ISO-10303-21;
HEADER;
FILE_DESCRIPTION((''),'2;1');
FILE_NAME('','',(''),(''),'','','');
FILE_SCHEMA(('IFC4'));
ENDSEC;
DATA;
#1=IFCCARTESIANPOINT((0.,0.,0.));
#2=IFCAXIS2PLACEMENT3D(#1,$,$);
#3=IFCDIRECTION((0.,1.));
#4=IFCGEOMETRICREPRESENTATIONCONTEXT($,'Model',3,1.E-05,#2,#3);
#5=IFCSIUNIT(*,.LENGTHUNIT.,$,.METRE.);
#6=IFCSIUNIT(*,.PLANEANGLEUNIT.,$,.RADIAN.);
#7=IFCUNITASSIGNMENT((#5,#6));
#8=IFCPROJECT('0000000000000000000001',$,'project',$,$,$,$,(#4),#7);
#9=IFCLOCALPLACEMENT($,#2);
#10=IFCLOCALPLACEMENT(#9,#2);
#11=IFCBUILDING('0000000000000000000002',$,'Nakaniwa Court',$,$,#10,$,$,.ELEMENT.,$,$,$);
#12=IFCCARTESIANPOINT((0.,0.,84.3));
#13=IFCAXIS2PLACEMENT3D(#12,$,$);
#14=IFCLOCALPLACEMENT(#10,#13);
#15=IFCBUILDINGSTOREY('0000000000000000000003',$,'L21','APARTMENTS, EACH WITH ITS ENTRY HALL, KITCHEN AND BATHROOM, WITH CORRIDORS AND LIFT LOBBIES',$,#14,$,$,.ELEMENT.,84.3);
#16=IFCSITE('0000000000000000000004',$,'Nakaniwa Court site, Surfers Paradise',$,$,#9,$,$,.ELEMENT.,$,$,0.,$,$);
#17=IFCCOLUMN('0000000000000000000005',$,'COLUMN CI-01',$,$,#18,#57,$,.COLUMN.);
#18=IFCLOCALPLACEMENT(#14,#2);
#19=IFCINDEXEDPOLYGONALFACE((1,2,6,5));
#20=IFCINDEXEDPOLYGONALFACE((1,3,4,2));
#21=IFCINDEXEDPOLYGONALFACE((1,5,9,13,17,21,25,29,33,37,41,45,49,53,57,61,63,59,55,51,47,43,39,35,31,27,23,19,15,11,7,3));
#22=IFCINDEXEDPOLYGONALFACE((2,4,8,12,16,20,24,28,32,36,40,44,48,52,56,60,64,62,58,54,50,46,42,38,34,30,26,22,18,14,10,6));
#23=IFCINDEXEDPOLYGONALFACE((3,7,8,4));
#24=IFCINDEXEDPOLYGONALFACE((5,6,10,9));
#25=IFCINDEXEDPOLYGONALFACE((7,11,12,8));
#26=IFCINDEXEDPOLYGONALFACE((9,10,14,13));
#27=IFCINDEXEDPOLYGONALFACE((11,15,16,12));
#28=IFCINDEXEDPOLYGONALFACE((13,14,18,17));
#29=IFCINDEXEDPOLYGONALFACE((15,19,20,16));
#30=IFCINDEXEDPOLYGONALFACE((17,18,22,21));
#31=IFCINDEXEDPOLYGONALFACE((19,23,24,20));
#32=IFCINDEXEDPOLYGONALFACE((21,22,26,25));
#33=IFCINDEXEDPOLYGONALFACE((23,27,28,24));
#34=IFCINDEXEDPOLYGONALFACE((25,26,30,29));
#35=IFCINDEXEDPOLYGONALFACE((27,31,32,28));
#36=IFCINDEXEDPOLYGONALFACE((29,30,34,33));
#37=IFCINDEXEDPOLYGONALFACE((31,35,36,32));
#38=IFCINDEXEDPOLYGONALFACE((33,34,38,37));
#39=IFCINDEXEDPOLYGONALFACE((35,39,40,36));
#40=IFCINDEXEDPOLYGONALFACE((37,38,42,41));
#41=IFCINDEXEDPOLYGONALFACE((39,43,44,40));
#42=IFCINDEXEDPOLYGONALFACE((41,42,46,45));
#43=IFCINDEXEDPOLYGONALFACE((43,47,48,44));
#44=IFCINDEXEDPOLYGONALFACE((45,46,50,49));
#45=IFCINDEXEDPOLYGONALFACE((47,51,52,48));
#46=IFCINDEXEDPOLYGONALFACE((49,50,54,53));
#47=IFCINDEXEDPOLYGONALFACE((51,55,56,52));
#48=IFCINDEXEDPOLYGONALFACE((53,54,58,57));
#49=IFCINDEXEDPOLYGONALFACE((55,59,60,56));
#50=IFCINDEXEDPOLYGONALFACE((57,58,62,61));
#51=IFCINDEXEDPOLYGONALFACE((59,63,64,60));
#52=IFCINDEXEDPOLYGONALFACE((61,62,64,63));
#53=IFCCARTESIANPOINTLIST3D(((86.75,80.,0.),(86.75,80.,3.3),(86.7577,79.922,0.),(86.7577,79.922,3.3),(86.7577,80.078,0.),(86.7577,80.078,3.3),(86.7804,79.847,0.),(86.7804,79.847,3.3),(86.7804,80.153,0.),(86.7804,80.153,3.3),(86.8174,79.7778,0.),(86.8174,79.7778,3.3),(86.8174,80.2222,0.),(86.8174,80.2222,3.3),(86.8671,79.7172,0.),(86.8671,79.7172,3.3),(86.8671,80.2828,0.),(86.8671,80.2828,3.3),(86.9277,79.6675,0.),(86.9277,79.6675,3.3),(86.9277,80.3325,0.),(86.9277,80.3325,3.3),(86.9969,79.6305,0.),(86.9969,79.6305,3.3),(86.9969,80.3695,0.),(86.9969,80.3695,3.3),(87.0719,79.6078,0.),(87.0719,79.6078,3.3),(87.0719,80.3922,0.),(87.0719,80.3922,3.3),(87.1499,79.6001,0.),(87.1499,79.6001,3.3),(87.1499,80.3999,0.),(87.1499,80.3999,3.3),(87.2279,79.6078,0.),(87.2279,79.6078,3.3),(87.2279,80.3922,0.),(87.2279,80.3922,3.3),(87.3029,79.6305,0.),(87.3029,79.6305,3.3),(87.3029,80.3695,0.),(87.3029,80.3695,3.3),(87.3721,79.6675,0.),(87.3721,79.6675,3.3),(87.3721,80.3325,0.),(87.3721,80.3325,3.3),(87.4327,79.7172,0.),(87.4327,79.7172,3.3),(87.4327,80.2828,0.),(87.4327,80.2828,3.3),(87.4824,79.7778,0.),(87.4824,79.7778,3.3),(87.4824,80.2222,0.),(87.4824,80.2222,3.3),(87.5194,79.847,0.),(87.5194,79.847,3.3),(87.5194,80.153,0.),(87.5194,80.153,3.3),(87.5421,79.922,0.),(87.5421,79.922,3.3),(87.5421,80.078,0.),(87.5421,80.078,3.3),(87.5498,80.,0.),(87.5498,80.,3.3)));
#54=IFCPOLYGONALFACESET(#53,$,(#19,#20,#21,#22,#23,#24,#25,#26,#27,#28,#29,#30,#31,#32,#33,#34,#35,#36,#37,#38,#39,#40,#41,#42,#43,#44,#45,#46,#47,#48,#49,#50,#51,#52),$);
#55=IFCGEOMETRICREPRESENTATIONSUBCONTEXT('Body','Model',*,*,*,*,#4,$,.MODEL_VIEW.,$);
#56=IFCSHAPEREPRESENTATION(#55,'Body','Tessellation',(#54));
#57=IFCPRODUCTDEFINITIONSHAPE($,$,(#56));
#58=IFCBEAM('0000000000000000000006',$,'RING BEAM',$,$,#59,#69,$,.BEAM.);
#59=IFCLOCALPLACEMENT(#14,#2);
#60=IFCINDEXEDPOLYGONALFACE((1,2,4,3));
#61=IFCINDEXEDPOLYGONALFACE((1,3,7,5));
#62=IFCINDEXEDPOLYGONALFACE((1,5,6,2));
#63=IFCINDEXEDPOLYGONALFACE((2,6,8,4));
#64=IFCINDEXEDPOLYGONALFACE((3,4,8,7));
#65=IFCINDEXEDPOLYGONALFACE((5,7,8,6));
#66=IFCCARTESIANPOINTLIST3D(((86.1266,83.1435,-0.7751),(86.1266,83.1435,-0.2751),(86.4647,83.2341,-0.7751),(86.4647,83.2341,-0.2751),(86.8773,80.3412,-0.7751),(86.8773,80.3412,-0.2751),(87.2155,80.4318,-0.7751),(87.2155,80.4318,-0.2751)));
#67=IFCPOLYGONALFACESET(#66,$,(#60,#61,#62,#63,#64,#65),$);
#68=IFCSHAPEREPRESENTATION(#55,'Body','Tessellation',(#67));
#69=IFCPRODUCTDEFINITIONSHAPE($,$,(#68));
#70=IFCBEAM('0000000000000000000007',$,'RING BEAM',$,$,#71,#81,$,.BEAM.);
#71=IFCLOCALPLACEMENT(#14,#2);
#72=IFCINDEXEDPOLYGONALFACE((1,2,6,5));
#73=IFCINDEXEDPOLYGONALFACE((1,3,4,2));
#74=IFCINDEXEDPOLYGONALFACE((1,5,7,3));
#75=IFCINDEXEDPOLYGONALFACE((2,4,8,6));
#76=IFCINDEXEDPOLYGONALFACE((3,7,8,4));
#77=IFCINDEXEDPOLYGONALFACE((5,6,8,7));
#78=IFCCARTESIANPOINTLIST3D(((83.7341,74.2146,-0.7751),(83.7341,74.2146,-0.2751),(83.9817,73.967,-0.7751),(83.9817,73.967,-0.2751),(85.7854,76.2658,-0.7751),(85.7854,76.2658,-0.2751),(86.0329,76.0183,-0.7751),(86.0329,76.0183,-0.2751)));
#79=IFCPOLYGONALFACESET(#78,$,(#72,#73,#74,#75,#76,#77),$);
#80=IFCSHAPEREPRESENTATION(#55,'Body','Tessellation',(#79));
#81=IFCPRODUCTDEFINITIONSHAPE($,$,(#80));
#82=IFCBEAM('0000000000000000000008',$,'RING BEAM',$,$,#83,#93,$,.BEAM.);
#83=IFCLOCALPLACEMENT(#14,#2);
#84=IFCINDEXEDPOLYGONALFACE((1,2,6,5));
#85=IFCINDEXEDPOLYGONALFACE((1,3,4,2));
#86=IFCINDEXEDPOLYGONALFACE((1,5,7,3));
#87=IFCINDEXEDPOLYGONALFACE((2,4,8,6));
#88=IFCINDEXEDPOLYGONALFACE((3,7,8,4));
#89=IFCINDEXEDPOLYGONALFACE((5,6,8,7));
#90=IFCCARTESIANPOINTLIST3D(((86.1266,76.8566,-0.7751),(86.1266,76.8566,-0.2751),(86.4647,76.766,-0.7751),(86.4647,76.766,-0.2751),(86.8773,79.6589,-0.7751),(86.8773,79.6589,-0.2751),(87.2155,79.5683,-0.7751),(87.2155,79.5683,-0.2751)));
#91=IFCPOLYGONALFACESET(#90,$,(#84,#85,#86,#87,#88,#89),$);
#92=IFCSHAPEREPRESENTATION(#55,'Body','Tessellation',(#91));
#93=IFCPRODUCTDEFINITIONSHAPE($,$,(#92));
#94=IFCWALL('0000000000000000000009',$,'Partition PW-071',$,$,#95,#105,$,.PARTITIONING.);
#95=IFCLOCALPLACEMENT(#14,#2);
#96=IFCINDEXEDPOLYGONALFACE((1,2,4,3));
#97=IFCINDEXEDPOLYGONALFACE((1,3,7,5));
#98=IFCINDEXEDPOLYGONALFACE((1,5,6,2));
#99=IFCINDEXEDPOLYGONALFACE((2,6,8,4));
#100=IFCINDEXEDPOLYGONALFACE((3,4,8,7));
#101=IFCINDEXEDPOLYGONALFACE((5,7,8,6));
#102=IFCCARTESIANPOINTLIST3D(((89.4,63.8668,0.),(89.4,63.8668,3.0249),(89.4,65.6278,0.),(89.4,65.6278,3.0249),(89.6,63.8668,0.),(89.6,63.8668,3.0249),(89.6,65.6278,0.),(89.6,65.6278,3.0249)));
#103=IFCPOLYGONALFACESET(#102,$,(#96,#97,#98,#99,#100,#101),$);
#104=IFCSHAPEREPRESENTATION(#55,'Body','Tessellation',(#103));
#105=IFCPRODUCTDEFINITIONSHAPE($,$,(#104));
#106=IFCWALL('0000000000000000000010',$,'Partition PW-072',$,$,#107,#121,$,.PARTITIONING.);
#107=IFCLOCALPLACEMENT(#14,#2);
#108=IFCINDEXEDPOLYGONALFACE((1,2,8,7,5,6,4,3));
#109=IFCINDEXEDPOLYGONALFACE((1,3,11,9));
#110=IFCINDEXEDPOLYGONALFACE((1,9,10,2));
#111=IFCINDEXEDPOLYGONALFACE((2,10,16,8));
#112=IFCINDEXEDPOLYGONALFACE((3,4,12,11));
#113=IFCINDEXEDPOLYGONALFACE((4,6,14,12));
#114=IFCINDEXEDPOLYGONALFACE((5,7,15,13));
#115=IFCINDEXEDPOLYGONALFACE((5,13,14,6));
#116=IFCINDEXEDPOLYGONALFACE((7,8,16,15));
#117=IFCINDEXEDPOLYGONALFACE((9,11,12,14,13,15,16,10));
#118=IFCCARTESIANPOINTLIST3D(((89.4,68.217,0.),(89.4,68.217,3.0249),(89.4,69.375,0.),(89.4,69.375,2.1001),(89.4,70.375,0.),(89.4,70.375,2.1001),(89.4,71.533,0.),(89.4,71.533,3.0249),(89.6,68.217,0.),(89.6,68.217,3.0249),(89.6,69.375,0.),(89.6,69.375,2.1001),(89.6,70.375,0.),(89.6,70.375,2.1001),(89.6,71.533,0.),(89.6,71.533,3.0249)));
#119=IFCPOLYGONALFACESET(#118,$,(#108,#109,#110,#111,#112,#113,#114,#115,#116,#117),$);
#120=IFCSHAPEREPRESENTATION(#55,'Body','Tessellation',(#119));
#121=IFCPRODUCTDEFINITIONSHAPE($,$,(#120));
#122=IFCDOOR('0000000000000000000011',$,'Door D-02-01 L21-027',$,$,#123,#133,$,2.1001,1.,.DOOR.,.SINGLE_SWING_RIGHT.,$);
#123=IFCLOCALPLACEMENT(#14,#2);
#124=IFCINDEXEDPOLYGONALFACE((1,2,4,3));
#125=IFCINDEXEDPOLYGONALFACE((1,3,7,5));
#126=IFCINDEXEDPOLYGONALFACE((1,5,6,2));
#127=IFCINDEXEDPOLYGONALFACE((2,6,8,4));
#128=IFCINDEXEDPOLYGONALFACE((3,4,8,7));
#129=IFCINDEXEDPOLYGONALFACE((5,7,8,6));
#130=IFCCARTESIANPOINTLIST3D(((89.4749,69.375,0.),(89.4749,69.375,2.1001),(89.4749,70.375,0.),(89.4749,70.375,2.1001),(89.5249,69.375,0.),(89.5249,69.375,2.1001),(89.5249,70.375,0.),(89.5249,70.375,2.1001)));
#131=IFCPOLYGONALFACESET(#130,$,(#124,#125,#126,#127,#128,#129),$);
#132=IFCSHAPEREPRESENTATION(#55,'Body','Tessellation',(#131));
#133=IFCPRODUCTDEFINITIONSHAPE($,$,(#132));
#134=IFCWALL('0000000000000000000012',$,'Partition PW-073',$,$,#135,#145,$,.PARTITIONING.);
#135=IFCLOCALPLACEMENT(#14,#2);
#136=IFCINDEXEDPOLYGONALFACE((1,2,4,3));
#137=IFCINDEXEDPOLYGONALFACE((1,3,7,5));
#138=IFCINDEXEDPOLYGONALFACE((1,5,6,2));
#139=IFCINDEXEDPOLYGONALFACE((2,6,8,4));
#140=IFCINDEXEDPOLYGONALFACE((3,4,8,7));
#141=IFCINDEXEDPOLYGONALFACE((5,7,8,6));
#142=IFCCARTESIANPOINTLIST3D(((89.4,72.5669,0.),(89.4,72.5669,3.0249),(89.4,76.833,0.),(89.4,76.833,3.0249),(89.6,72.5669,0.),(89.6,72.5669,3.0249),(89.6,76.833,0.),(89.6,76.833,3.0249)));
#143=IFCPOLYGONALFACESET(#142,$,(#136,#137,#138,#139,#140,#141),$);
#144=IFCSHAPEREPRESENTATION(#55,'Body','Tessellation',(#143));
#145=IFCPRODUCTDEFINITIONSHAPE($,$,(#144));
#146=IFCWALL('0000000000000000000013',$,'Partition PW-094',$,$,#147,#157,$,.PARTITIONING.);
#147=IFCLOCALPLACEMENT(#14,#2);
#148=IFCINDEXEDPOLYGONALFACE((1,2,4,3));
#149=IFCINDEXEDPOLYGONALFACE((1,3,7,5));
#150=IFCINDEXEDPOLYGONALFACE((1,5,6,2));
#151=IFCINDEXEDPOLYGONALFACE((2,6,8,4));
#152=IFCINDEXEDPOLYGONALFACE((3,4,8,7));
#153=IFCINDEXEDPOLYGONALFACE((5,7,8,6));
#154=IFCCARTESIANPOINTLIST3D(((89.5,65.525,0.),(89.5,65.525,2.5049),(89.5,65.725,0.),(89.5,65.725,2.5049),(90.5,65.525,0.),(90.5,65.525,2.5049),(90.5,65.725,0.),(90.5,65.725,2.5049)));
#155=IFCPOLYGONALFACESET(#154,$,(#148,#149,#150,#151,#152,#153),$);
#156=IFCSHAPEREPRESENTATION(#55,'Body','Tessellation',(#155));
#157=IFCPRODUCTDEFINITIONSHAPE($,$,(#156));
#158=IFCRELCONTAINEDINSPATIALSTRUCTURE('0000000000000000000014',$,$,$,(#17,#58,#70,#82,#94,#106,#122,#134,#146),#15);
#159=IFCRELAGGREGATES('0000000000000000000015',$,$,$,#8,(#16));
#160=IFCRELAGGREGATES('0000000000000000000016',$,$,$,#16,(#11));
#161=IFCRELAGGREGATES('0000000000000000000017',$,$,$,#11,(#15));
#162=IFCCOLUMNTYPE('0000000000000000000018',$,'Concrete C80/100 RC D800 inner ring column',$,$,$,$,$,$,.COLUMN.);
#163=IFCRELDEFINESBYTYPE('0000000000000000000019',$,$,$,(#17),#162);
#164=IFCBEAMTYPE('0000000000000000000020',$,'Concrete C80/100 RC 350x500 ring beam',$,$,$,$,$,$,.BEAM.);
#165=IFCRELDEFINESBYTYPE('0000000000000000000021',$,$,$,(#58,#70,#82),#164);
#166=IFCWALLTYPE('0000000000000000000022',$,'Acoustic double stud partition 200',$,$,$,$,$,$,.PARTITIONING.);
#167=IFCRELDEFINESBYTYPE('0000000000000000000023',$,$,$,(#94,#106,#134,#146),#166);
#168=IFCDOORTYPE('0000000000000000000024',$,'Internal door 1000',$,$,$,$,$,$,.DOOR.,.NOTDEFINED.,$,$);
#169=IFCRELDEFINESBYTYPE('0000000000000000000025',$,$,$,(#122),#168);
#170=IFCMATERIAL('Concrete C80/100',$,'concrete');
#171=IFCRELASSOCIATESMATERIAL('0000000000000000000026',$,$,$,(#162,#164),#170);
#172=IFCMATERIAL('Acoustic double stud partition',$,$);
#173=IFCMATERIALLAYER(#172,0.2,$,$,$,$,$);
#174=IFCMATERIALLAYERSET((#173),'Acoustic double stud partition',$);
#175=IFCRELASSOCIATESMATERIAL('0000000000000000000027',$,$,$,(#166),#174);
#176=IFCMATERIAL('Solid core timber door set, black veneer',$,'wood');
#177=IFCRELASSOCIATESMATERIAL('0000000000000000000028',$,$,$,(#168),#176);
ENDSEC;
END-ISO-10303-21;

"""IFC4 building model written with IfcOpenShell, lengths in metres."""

from ifc_helpers import new_model, si_unit, direction, frame, frame_2d, origin, origin_2d, place, context, subcontext, project, spatial, rectangle, circle, extrude, material, layer, layer_set, material_profile, profile_set, type_object, element, fill, save


model = new_model("IFC4")

# Units and contexts
model_context = context("Model", 3, precision=1e-05, world=origin(), true_north=direction((0.0, 1.0)))
body_context = subcontext(model_context, "Body", "Model", "MODEL_VIEW")
ifc_project = project(units=[si_unit("LENGTHUNIT", "METRE"), si_unit("PLANEANGLEUNIT", "RADIAN")], contexts=[model_context])

# Site, building, storey
site_placement = place(None, origin())
site = spatial("IfcSite", under=ifc_project, at=site_placement, Name="Nakaniwa Court site, Surfers Paradise", CompositionType="ELEMENT", RefElevation=0.0)
building_placement = place(site_placement, origin())
building = spatial("IfcBuilding", under=site, at=building_placement, Name="Nakaniwa Court", CompositionType="ELEMENT")
storey_placement = place(building_placement, frame((0.0, 0.0, 84.3)))
storey = spatial("IfcBuildingStorey", under=building, at=storey_placement, Name="L21", Description="APARTMENTS, EACH WITH ITS ENTRY HALL, KITCHEN AND BATHROOM, WITH CORRIDORS AND LIFT LOBBIES", CompositionType="ELEMENT", Elevation=84.3)

# Column
ifc_material_1 = material(Name="Concrete C80/100", Category="concrete")
ifc_material_profile_1 = material_profile(ifc_material_1, circle(Radius=0.3999, at=origin_2d()), Name="Concrete C80/100 RC D800 inner ring column")
ifc_profile_set_1 = profile_set([ifc_material_profile_1], Name="Concrete C80/100")
column_type = type_object("IfcColumnType", Name="Concrete C80/100 RC D800 inner ring column", PredefinedType="COLUMN", material=ifc_profile_set_1)
for number, where, z_axis, x_axis, name in (
    (1, (87.1499, 80.0, 0.0), (0.0, 0.0, 1.0), (0.0, 1.0, 0.0), "COLUMN CI-01"),
):
    element("IfcColumn", number, at=place(storey_placement, frame(where, z_axis=z_axis, x_axis=x_axis)), inside=storey, type_object=column_type, Name=name, PredefinedType="COLUMN", context=body_context, shape_type="SweptSolid", body=[
        extrude(circle(Radius=0.3999, at=origin_2d()), origin(), (0.0, 0.0, 1.0), 3.3),
    ])

# Beams
ifc_material_profile_2 = material_profile(ifc_material_1, rectangle(XDim=0.3501, YDim=0.5, at=origin_2d()), Name="Concrete C80/100 RC 350x500 ring beam")
ifc_profile_set_2 = profile_set([ifc_material_profile_2], Name="Concrete C80/100")
beam_type = type_object("IfcBeamType", Name="Concrete C80/100 RC 350x500 ring beam", PredefinedType="BEAM", material=ifc_profile_set_2)
beam_1_placement = place(storey_placement, frame((87.0464, 80.3865, -0.5251), z_axis=(-0.258778, 0.965937, 0.0), x_axis=(-0.965937, -0.258778, 0.0)))
element("IfcBeam", 2, at=beam_1_placement, inside=storey, type_object=beam_type, Name="RING BEAM", PredefinedType="BEAM", context=body_context, shape_type="SweptSolid", body=[
    extrude(rectangle(XDim=0.3501, YDim=0.5, at=origin_2d()), origin(), (0.0, 0.0, 1.0), 2.9011),
])
beam_2_placement = place(storey_placement, frame((83.8579, 74.0908, -0.5251), z_axis=(0.707107, 0.707107, 0.0), x_axis=(-0.707107, 0.707107, 0.0)))
element("IfcBeam", 3, at=beam_2_placement, inside=storey, type_object=beam_type, Name="RING BEAM", PredefinedType="BEAM", context=body_context, shape_type="SweptSolid", body=[
    extrude(rectangle(XDim=0.3501, YDim=0.5, at=origin_2d()), origin(), (0.0, 0.0, 1.0), 2.9009),
])
beam_3_placement = place(storey_placement, frame((86.2957, 76.8113, -0.5251), z_axis=(0.258778, 0.965937, 0.0), x_axis=(-0.965937, 0.258778, 0.0)))
element("IfcBeam", 4, at=beam_3_placement, inside=storey, type_object=beam_type, Name="RING BEAM", PredefinedType="BEAM", context=body_context, shape_type="SweptSolid", body=[
    extrude(rectangle(XDim=0.3501, YDim=0.5, at=origin_2d()), origin(), (0.0, 0.0, 1.0), 2.9011),
])

# Wall
ifc_material_2 = material(Name="Acoustic double stud partition")
ifc_layer_1 = layer(ifc_material_2, 0.2)
ifc_layer_set_1 = layer_set([ifc_layer_1], Name="Acoustic double stud partition")
wall_type_1 = type_object("IfcWallType", Name="Acoustic double stud partition 200", PredefinedType="PARTITIONING", material=ifc_layer_set_1)
wall_1_placement = place(storey_placement, frame((89.5, 63.8669, 0.0), z_axis=(0.0, 0.0, 1.0), x_axis=(0.0, 1.0, 0.0)))
element("IfcWall", 5, at=wall_1_placement, inside=storey, type_object=wall_type_1, Name="Partition PW-071", PredefinedType="PARTITIONING", context=body_context, shape_type="SweptSolid", body=[
    extrude(rectangle(XDim=1.761, YDim=0.2, at=frame_2d((0.8804, 0.0))), origin(), (0.0, 0.0, 1.0), 3.0249),
])

# Wall, opening, door
wall_2_placement = place(storey_placement, frame((89.5, 71.533, 0.0), z_axis=(0.0, 0.0, 1.0), x_axis=(0.0, -1.0, 0.0)))
wall_2 = element("IfcWall", 6, at=wall_2_placement, inside=storey, type_object=wall_type_1, Name="Partition PW-072", PredefinedType="PARTITIONING", context=body_context, shape_type="SweptSolid", body=[
    extrude(rectangle(XDim=3.3159, YDim=0.2, at=frame_2d((1.658, 0.0))), origin(), (0.0, 0.0, 1.0), 3.0249),
])
opening_1_placement = place(wall_2_placement, frame((1.158, 0.0, 0.0)))
opening_1 = element("IfcOpeningElement", 7, at=opening_1_placement, cuts=wall_2, PredefinedType="OPENING", context=body_context, shape_type="SweptSolid", body=[
    extrude(rectangle(XDim=1.0, YDim=2.1001, at=frame_2d((0.5, 1.05))), frame((0.0, 0.1099, 0.0), z_axis=(0.0, -1.0, 0.0), x_axis=(1.0, 0.0, 0.0)), (0.0, 0.0, 1.0), 0.22),
])
ifc_material_3 = material(Name="Solid core timber door set, black veneer", Category="wood")
door_type_1 = type_object("IfcDoorType", Name="Internal door 1000", OperationType="NOTDEFINED", PredefinedType="DOOR", material=ifc_material_3)
door_1_placement = place(opening_1_placement, origin())
door_1 = element("IfcDoor", 8, at=door_1_placement, inside=storey, type_object=door_type_1, Name="Door D-02-01 L21-027", OperationType="SINGLE_SWING_RIGHT", OverallHeight=2.1001, OverallWidth=1.0, PredefinedType="DOOR", context=body_context, shape_type="SweptSolid", body=[
    extrude(rectangle(XDim=1.0, YDim=2.1001, at=frame_2d((0.5, 1.05))), frame((0.0, 0.0249, 0.0), z_axis=(0.0, -1.0, 0.0), x_axis=(1.0, 0.0, 0.0)), (0.0, 0.0, 1.0), 0.05),
])
fill(opening_1, door_1)

# Walls
wall_3_placement = place(storey_placement, frame((89.5, 72.5669, 0.0), z_axis=(0.0, 0.0, 1.0), x_axis=(0.0, 1.0, 0.0)))
element("IfcWall", 9, at=wall_3_placement, inside=storey, type_object=wall_type_1, Name="Partition PW-073", PredefinedType="PARTITIONING", context=body_context, shape_type="SweptSolid", body=[
    extrude(rectangle(XDim=4.2661, YDim=0.2, at=frame_2d((2.1331, 0.0))), origin(), (0.0, 0.0, 1.0), 3.0249),
])
wall_4_placement = place(storey_placement, frame((89.5, 65.625, 0.0), z_axis=(0.0, 0.0, 1.0), x_axis=(1.0, 0.0, 0.0)))
element("IfcWall", 10, at=wall_4_placement, inside=storey, type_object=wall_type_1, Name="Partition PW-094", PredefinedType="PARTITIONING", context=body_context, shape_type="SweptSolid", body=[
    extrude(rectangle(XDim=1.0, YDim=0.2, at=frame_2d((0.5, 0.0))), origin(), (0.0, 0.0, 1.0), 2.5049),
])

save(model, "model.ifc")
